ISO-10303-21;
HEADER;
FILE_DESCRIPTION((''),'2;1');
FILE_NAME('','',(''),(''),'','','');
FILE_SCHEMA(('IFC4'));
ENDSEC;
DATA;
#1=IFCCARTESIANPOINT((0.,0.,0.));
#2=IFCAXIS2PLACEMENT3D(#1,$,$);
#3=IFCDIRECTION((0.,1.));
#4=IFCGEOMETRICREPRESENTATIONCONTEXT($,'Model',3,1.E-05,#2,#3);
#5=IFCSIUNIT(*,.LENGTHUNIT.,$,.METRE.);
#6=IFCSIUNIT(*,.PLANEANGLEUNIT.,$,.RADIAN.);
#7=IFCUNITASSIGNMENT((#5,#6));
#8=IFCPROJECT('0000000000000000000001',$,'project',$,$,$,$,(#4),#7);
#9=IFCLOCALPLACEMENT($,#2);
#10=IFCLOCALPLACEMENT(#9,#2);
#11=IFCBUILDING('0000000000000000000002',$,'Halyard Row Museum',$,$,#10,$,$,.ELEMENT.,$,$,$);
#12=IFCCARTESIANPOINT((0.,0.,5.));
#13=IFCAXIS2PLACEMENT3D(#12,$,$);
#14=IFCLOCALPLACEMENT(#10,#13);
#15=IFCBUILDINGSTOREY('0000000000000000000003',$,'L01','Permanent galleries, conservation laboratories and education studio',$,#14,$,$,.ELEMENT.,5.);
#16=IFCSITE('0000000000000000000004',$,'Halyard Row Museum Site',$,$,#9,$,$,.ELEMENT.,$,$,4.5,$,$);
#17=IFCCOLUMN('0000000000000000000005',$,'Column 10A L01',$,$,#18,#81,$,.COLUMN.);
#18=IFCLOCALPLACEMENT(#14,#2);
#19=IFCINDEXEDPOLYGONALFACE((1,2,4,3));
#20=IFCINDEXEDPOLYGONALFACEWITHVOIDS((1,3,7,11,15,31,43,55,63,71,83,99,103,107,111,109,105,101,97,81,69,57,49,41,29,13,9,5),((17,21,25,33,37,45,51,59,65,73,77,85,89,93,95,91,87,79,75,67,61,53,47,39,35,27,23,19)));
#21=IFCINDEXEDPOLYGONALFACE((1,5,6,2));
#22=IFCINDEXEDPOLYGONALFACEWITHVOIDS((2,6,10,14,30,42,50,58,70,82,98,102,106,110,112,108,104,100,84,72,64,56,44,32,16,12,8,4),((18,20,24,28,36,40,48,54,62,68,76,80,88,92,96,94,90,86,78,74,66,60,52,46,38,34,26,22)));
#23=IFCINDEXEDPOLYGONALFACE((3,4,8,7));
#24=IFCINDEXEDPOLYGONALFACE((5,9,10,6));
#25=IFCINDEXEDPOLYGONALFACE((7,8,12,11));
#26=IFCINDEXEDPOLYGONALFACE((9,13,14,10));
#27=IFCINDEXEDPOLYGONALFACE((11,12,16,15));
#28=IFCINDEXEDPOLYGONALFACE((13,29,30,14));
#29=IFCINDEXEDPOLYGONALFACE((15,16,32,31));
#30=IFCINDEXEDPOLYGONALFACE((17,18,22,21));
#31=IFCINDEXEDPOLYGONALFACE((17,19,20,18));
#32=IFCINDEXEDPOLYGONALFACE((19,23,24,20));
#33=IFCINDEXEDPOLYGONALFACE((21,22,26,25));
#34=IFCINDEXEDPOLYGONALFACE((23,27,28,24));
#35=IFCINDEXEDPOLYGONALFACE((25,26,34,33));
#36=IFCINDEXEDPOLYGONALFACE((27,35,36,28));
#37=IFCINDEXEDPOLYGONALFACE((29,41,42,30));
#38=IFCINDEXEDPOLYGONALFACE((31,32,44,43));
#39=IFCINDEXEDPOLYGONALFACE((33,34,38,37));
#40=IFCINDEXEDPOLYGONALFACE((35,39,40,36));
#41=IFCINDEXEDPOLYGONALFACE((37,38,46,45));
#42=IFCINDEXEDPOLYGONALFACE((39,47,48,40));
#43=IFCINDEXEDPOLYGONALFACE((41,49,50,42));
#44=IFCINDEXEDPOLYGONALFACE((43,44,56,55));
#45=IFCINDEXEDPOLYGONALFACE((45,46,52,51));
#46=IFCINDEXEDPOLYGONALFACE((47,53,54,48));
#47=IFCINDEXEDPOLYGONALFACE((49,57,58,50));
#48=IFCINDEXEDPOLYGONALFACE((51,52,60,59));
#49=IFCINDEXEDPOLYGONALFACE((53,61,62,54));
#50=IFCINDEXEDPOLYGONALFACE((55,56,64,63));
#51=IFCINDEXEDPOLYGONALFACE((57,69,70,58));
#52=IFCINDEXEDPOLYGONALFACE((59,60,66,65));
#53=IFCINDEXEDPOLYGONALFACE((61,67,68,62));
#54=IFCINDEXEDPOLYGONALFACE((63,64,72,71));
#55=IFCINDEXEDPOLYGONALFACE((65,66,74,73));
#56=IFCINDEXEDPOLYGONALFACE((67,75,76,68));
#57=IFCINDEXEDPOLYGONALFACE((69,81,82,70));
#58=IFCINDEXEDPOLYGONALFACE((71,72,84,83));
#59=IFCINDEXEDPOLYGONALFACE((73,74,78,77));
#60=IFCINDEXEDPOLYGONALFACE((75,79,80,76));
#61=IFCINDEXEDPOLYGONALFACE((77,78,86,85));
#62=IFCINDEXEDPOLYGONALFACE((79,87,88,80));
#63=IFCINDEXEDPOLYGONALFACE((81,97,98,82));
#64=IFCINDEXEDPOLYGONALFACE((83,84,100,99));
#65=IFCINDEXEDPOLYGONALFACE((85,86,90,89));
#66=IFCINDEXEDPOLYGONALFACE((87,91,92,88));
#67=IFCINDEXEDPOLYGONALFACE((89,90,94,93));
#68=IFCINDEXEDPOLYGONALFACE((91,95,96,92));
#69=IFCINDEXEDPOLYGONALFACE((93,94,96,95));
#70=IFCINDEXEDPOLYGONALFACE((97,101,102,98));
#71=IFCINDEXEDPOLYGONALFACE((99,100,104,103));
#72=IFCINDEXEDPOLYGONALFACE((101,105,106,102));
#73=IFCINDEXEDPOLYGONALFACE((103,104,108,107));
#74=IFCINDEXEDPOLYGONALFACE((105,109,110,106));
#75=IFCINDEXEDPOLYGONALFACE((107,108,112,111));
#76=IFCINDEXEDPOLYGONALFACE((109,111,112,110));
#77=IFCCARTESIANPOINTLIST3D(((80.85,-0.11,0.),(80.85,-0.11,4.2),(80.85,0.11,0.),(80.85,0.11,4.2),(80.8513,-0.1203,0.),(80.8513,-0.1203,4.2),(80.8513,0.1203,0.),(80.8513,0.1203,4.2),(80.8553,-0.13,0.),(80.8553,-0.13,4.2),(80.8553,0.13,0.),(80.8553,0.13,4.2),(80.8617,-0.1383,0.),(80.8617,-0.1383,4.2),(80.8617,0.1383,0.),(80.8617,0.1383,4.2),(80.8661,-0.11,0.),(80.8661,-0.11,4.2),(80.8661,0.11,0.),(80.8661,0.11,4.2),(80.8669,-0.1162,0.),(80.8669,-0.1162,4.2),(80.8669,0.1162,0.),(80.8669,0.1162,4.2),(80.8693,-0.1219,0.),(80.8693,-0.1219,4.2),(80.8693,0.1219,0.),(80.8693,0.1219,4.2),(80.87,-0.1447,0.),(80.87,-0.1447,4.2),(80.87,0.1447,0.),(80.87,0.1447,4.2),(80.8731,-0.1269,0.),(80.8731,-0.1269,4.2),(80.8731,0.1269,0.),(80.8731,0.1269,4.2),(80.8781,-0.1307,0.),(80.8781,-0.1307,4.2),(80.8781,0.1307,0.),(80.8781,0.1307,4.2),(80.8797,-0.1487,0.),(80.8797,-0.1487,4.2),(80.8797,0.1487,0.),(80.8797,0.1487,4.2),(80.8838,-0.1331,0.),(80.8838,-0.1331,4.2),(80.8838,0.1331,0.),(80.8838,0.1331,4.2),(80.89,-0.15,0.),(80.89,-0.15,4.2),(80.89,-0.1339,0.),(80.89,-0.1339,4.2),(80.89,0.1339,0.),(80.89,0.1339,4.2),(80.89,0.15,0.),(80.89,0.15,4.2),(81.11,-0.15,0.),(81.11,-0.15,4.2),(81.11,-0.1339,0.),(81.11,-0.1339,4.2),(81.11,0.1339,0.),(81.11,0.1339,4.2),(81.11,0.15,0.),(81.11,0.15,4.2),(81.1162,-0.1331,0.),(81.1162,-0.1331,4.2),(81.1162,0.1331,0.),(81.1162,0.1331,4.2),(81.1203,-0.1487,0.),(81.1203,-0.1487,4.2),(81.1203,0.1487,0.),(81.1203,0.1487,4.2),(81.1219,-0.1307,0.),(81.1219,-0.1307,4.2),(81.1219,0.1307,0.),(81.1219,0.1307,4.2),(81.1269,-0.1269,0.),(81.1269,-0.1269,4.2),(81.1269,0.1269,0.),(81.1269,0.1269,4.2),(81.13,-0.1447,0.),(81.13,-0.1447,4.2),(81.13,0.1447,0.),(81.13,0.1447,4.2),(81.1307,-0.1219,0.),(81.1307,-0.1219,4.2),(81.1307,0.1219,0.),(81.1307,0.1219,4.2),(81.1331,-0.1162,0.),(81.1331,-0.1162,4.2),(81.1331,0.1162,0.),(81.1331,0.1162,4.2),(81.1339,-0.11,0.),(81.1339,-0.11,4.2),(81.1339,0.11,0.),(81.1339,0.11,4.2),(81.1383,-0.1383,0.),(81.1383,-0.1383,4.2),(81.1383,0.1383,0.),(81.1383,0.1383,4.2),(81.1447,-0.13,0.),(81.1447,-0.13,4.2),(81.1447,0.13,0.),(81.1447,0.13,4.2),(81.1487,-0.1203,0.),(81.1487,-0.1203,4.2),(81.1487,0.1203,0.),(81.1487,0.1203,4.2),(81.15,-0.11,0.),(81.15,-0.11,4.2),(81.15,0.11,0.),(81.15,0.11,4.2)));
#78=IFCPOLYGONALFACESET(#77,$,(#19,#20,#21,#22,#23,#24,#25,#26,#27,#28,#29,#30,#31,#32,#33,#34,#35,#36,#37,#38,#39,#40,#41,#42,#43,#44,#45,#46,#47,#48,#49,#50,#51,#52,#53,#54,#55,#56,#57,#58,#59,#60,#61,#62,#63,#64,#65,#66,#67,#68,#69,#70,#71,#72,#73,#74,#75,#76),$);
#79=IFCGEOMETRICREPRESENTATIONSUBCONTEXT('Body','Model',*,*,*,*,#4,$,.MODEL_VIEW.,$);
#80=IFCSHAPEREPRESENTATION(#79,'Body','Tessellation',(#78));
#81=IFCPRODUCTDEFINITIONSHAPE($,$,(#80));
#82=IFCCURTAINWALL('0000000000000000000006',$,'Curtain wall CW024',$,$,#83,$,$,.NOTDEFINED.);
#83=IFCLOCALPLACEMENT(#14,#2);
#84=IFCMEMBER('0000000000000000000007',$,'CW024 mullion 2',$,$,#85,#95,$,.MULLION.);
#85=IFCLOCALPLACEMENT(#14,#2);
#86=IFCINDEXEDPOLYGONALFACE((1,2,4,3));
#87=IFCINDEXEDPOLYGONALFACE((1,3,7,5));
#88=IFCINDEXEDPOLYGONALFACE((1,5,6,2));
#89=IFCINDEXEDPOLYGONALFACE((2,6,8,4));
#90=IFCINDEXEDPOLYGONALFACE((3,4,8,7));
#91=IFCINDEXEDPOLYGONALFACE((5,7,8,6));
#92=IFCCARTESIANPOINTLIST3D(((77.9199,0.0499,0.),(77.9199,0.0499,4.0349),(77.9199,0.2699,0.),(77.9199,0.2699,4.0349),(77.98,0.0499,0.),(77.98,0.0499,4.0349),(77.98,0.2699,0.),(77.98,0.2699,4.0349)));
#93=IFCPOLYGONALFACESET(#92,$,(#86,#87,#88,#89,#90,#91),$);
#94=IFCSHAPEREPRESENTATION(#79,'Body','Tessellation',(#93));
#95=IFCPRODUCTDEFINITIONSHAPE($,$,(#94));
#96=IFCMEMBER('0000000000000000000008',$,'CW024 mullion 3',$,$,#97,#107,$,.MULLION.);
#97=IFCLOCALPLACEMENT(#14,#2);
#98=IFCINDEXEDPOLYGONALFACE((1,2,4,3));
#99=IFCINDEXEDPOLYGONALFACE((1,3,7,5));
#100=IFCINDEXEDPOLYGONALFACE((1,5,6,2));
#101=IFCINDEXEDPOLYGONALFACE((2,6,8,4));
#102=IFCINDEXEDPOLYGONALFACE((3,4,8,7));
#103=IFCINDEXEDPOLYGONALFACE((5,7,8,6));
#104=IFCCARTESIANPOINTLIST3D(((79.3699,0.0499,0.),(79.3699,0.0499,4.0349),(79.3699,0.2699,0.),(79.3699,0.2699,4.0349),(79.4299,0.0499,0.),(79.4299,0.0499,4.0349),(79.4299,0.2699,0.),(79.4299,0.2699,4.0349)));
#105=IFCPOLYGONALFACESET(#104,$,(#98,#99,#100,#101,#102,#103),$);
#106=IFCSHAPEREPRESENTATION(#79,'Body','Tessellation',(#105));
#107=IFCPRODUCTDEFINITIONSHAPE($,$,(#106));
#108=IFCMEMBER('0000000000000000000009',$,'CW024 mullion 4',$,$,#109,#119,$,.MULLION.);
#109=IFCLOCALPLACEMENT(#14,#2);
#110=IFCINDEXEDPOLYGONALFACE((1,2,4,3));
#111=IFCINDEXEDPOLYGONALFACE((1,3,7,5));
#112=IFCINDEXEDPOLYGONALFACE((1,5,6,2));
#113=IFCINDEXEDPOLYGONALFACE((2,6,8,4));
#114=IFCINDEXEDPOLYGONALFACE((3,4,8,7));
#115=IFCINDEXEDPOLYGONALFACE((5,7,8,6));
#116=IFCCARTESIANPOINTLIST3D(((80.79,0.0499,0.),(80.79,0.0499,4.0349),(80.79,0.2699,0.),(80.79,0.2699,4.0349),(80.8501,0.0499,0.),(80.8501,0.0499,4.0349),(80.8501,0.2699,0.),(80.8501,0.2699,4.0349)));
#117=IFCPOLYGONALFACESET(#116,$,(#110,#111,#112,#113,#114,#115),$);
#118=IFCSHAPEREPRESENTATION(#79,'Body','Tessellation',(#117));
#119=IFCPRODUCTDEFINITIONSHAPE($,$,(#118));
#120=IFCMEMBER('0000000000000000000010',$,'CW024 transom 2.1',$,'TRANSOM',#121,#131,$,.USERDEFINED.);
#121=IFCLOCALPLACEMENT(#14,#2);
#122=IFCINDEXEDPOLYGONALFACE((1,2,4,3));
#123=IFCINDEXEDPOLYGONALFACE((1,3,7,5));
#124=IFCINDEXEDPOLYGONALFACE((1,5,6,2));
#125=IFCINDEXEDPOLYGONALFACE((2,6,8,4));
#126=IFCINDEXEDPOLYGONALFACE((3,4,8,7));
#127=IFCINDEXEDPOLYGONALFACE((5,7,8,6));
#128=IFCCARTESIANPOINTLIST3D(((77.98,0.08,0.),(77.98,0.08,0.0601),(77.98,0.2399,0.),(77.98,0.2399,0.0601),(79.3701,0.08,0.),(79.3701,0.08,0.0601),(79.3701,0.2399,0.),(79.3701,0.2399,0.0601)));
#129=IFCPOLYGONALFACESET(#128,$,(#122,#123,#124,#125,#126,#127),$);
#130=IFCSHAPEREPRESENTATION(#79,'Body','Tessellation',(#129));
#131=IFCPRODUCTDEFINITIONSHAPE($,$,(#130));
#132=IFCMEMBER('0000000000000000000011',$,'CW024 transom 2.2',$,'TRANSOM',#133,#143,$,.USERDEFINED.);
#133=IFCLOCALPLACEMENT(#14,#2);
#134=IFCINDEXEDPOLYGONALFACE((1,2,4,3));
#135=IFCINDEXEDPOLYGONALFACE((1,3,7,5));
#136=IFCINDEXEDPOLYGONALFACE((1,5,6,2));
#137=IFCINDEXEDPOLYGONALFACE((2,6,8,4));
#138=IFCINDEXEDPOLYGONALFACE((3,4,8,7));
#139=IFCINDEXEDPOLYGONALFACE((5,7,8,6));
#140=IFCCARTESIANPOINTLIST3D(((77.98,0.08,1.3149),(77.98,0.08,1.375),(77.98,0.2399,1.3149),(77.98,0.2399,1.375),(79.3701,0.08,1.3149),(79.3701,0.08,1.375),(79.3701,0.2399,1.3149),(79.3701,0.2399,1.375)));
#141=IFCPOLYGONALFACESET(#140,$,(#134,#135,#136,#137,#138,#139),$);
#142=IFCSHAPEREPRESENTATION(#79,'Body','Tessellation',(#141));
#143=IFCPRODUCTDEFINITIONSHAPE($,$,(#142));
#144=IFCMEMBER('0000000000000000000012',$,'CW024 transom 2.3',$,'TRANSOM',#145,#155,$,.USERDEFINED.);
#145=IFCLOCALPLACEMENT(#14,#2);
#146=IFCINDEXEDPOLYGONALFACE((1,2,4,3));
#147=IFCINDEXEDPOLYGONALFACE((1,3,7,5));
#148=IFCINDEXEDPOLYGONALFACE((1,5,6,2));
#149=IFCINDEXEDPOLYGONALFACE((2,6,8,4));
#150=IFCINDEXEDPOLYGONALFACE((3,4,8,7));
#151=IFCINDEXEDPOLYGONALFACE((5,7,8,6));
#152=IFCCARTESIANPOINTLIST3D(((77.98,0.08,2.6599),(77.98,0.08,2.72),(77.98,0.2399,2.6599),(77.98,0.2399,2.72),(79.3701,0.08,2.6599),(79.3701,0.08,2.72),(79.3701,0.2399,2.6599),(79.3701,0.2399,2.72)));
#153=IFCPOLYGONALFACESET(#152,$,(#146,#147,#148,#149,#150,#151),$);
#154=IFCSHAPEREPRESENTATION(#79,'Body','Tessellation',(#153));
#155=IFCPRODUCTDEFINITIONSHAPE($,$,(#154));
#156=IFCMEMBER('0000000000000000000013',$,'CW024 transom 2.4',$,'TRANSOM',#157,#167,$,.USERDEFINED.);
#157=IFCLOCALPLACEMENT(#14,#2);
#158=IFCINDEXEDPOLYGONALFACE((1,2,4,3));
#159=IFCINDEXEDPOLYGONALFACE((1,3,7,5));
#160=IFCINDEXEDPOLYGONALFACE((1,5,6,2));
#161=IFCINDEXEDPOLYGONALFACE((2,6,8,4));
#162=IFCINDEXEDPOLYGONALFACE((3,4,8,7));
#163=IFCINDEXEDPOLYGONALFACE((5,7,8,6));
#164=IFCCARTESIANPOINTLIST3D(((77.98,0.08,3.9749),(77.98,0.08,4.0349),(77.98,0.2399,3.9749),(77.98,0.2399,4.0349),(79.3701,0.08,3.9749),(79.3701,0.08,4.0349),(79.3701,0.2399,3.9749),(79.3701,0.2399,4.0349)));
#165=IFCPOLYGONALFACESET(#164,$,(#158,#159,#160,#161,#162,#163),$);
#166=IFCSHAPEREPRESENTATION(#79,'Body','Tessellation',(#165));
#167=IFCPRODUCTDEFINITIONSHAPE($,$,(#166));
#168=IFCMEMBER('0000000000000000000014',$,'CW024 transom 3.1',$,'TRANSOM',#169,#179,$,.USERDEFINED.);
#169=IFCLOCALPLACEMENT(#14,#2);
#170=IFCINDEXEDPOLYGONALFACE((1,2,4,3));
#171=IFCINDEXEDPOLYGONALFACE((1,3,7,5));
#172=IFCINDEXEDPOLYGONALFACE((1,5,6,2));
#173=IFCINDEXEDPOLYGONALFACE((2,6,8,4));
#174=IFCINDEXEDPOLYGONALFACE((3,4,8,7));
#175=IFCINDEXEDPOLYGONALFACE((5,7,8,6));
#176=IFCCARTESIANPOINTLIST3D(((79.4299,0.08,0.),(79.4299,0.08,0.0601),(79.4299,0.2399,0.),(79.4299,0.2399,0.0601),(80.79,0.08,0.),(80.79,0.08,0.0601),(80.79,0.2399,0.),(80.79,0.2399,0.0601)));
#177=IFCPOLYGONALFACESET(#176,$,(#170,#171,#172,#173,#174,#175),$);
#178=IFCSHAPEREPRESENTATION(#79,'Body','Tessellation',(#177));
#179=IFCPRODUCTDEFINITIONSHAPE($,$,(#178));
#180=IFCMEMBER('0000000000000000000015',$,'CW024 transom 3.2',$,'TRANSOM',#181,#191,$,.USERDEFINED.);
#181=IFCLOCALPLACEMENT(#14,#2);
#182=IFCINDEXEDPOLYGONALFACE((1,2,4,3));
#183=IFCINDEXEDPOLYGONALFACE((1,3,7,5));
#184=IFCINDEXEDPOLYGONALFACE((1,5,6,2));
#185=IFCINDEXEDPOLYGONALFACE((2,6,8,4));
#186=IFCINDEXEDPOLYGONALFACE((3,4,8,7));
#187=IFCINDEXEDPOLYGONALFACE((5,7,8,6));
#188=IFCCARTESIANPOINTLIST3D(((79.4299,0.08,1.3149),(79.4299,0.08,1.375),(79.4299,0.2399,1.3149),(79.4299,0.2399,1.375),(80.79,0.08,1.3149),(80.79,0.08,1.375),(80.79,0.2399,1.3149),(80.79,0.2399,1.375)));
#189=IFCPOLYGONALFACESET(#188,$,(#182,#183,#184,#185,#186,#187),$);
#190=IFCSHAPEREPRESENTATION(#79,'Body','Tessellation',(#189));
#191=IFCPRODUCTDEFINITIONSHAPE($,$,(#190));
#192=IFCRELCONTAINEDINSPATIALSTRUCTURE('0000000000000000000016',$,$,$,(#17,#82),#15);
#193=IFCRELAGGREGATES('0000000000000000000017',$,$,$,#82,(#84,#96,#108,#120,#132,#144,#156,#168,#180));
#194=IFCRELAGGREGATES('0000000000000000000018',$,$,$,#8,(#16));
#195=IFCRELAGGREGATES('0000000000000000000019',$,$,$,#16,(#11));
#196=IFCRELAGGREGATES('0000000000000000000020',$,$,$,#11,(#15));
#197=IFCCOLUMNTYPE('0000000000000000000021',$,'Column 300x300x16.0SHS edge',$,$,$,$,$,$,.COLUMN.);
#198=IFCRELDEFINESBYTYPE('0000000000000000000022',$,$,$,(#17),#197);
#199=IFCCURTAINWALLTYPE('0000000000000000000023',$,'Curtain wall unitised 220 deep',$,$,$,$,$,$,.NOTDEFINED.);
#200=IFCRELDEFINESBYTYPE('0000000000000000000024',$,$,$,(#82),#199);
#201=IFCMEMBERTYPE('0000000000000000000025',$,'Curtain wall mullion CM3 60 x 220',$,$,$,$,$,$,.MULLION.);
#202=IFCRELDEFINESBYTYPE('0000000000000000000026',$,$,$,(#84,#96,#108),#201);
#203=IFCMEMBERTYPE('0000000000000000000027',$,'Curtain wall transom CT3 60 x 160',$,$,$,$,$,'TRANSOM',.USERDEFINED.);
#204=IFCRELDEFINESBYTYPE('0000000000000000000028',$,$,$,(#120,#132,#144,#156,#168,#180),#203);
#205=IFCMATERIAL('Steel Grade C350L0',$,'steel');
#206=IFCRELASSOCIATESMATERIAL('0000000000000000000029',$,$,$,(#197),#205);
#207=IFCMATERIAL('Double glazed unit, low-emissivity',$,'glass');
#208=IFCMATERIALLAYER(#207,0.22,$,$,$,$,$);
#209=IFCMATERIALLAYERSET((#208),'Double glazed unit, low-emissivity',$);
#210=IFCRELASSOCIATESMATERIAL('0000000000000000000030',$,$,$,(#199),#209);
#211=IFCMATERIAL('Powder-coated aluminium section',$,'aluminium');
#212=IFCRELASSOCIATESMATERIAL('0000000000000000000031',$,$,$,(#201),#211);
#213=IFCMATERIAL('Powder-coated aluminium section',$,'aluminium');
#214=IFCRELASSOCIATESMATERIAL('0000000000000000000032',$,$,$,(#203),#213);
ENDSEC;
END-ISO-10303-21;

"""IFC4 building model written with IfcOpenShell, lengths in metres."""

from ifc_helpers import new_model, si_unit, direction, frame, origin, origin_2d, place, context, subcontext, project, spatial, rectangle, hollow_rectangle, extrude, material, layer, layer_set, material_profile, profile_set, type_object, element, aggregate, save


model = new_model("IFC4")

# Units and contexts
model_context = context("Model", 3, precision=1e-05, world=origin(), true_north=direction((0.0, 1.0)))
body_context = subcontext(model_context, "Body", "Model", "MODEL_VIEW")
ifc_project = project(units=[si_unit("LENGTHUNIT", "METRE"), si_unit("PLANEANGLEUNIT", "RADIAN")], contexts=[model_context])

# Site, building, storey
site_placement = place(None, origin())
site = spatial("IfcSite", under=ifc_project, at=site_placement, Name="Halyard Row Museum Site", CompositionType="ELEMENT", RefElevation=4.5)
building_placement = place(site_placement, origin())
building = spatial("IfcBuilding", under=site, at=building_placement, Name="Halyard Row Museum", CompositionType="ELEMENT")
storey_placement = place(building_placement, frame((0.0, 0.0, 5.0)))
storey = spatial("IfcBuildingStorey", under=building, at=storey_placement, Name="L01", Description="Permanent galleries, conservation laboratories and education studio", CompositionType="ELEMENT", Elevation=5.0)

# Column
ifc_material_1 = material(Name="Steel Grade C350L0", Category="steel")
ifc_material_profile_1 = material_profile(ifc_material_1, hollow_rectangle(XDim=0.3, YDim=0.3, WallThickness=0.0161, InnerFilletRadius=0.0239, OuterFilletRadius=0.04, at=origin_2d()), Name="300x300x16.0SHS")
ifc_profile_set_1 = profile_set([ifc_material_profile_1], Name="Steel Grade C350L0")
column_type = type_object("IfcColumnType", Name="Column 300x300x16.0SHS edge", PredefinedType="COLUMN", material=ifc_profile_set_1)
column_placement = place(storey_placement, frame((81.0, 0.0, 0.0), z_axis=(0.0, 0.0, 1.0), x_axis=(1.0, 0.0, 0.0)))
element("IfcColumn", 1, at=column_placement, inside=storey, type_object=column_type, Name="Column 10A L01", PredefinedType="COLUMN", context=body_context, shape_type="SweptSolid", body=[
    extrude(hollow_rectangle(XDim=0.3, YDim=0.3, WallThickness=0.0161, InnerFilletRadius=0.0239, OuterFilletRadius=0.04, at=origin_2d()), origin(), (0.0, 0.0, 1.0), 4.2),
])

# Curtain wall, members
ifc_material_2 = material(Name="Double glazed unit, low-emissivity", Category="glass")
ifc_layer_1 = layer(ifc_material_2, 0.22)
ifc_layer_set_1 = layer_set([ifc_layer_1], Name="Double glazed unit, low-emissivity")
curtain_wall_type = type_object("IfcCurtainWallType", Name="Curtain wall unitised 220 deep", PredefinedType="NOTDEFINED", material=ifc_layer_set_1)
curtain_wall_placement = place(storey_placement, origin())
curtain_wall = element("IfcCurtainWall", 2, at=curtain_wall_placement, inside=storey, type_object=curtain_wall_type, Name="Curtain wall CW024", PredefinedType="NOTDEFINED")
ifc_material_3 = material(Name="Powder-coated aluminium section", Category="aluminium")
ifc_material_profile_2 = material_profile(ifc_material_3, rectangle(XDim=0.22, YDim=0.0601, at=origin_2d()), Name="220x60 mullion")
ifc_profile_set_2 = profile_set([ifc_material_profile_2], Name="Powder-coated aluminium section")
member_type_1 = type_object("IfcMemberType", Name="Curtain wall mullion CM3 60 x 220", PredefinedType="MULLION", material=ifc_profile_set_2)
member_1_placement = place(storey_placement, frame((77.95, 0.1599, 0.0), z_axis=(0.0, 0.0, 1.0), x_axis=(0.0, 1.0, 0.0)))
member_1 = element("IfcMember", 3, at=member_1_placement, type_object=member_type_1, Name="CW024 mullion 2", PredefinedType="MULLION", context=body_context, shape_type="SweptSolid", body=[
    extrude(rectangle(XDim=0.22, YDim=0.0601, at=origin_2d()), origin(), (0.0, 0.0, 1.0), 4.0349),
])
member_2_placement = place(storey_placement, frame((79.3999, 0.1599, 0.0), z_axis=(0.0, 0.0, 1.0), x_axis=(0.0, 1.0, 0.0)))
member_2 = element("IfcMember", 4, at=member_2_placement, type_object=member_type_1, Name="CW024 mullion 3", PredefinedType="MULLION", context=body_context, shape_type="SweptSolid", body=[
    extrude(rectangle(XDim=0.22, YDim=0.0601, at=origin_2d()), origin(), (0.0, 0.0, 1.0), 4.0349),
])
member_3_placement = place(storey_placement, frame((80.8201, 0.1599, 0.0), z_axis=(0.0, 0.0, 1.0), x_axis=(0.0, 1.0, 0.0)))
member_3 = element("IfcMember", 5, at=member_3_placement, type_object=member_type_1, Name="CW024 mullion 4", PredefinedType="MULLION", context=body_context, shape_type="SweptSolid", body=[
    extrude(rectangle(XDim=0.22, YDim=0.0601, at=origin_2d()), origin(), (0.0, 0.0, 1.0), 4.0349),
])
ifc_material_4 = material(Name="Powder-coated aluminium section", Category="aluminium")
ifc_material_profile_3 = material_profile(ifc_material_4, rectangle(XDim=0.1599, YDim=0.0601, at=origin_2d()), Name="160x60 transom")
ifc_profile_set_3 = profile_set([ifc_material_profile_3], Name="Powder-coated aluminium section")
member_type_2 = type_object("IfcMemberType", Name="Curtain wall transom CT3 60 x 160", ElementType="TRANSOM", PredefinedType="USERDEFINED", material=ifc_profile_set_3)
member_4_placement = place(storey_placement, frame((77.98, 0.1599, 0.03), z_axis=(1.0, 0.0, 0.0), x_axis=(0.0, 1.0, 0.0)))
member_4 = element("IfcMember", 6, at=member_4_placement, type_object=member_type_2, Name="CW024 transom 2.1", ObjectType="TRANSOM", PredefinedType="USERDEFINED", context=body_context, shape_type="SweptSolid", body=[
    extrude(rectangle(XDim=0.1599, YDim=0.0601, at=origin_2d()), origin(), (0.0, 0.0, 1.0), 1.3901),
])
member_5_placement = place(storey_placement, frame((77.98, 0.1599, 1.345), z_axis=(1.0, 0.0, 0.0), x_axis=(0.0, 1.0, 0.0)))
member_5 = element("IfcMember", 7, at=member_5_placement, type_object=member_type_2, Name="CW024 transom 2.2", ObjectType="TRANSOM", PredefinedType="USERDEFINED", context=body_context, shape_type="SweptSolid", body=[
    extrude(rectangle(XDim=0.1599, YDim=0.0601, at=origin_2d()), origin(), (0.0, 0.0, 1.0), 1.3901),
])
member_6_placement = place(storey_placement, frame((77.98, 0.1599, 2.6899), z_axis=(1.0, 0.0, 0.0), x_axis=(0.0, 1.0, 0.0)))
member_6 = element("IfcMember", 8, at=member_6_placement, type_object=member_type_2, Name="CW024 transom 2.3", ObjectType="TRANSOM", PredefinedType="USERDEFINED", context=body_context, shape_type="SweptSolid", body=[
    extrude(rectangle(XDim=0.1599, YDim=0.0601, at=origin_2d()), origin(), (0.0, 0.0, 1.0), 1.3901),
])
member_7_placement = place(storey_placement, frame((77.98, 0.1599, 4.0049), z_axis=(1.0, 0.0, 0.0), x_axis=(0.0, 1.0, 0.0)))
member_7 = element("IfcMember", 9, at=member_7_placement, type_object=member_type_2, Name="CW024 transom 2.4", ObjectType="TRANSOM", PredefinedType="USERDEFINED", context=body_context, shape_type="SweptSolid", body=[
    extrude(rectangle(XDim=0.1599, YDim=0.0601, at=origin_2d()), origin(), (0.0, 0.0, 1.0), 1.3901),
])
member_8_placement = place(storey_placement, frame((79.4299, 0.1599, 0.03), z_axis=(1.0, 0.0, 0.0), x_axis=(0.0, 1.0, 0.0)))
member_8 = element("IfcMember", 10, at=member_8_placement, type_object=member_type_2, Name="CW024 transom 3.1", ObjectType="TRANSOM", PredefinedType="USERDEFINED", context=body_context, shape_type="SweptSolid", body=[
    extrude(rectangle(XDim=0.1599, YDim=0.0601, at=origin_2d()), origin(), (0.0, 0.0, 1.0), 1.3601),
])
member_9_placement = place(storey_placement, frame((79.4299, 0.1599, 1.345), z_axis=(1.0, 0.0, 0.0), x_axis=(0.0, 1.0, 0.0)))
member_9 = element("IfcMember", 11, at=member_9_placement, type_object=member_type_2, Name="CW024 transom 3.2", ObjectType="TRANSOM", PredefinedType="USERDEFINED", context=body_context, shape_type="SweptSolid", body=[
    extrude(rectangle(XDim=0.1599, YDim=0.0601, at=origin_2d()), origin(), (0.0, 0.0, 1.0), 1.3601),
])

aggregate(curtain_wall, [member_1, member_2, member_3, member_4, member_5, member_6, member_7, member_8, member_9])

save(model, "model.ifc")
